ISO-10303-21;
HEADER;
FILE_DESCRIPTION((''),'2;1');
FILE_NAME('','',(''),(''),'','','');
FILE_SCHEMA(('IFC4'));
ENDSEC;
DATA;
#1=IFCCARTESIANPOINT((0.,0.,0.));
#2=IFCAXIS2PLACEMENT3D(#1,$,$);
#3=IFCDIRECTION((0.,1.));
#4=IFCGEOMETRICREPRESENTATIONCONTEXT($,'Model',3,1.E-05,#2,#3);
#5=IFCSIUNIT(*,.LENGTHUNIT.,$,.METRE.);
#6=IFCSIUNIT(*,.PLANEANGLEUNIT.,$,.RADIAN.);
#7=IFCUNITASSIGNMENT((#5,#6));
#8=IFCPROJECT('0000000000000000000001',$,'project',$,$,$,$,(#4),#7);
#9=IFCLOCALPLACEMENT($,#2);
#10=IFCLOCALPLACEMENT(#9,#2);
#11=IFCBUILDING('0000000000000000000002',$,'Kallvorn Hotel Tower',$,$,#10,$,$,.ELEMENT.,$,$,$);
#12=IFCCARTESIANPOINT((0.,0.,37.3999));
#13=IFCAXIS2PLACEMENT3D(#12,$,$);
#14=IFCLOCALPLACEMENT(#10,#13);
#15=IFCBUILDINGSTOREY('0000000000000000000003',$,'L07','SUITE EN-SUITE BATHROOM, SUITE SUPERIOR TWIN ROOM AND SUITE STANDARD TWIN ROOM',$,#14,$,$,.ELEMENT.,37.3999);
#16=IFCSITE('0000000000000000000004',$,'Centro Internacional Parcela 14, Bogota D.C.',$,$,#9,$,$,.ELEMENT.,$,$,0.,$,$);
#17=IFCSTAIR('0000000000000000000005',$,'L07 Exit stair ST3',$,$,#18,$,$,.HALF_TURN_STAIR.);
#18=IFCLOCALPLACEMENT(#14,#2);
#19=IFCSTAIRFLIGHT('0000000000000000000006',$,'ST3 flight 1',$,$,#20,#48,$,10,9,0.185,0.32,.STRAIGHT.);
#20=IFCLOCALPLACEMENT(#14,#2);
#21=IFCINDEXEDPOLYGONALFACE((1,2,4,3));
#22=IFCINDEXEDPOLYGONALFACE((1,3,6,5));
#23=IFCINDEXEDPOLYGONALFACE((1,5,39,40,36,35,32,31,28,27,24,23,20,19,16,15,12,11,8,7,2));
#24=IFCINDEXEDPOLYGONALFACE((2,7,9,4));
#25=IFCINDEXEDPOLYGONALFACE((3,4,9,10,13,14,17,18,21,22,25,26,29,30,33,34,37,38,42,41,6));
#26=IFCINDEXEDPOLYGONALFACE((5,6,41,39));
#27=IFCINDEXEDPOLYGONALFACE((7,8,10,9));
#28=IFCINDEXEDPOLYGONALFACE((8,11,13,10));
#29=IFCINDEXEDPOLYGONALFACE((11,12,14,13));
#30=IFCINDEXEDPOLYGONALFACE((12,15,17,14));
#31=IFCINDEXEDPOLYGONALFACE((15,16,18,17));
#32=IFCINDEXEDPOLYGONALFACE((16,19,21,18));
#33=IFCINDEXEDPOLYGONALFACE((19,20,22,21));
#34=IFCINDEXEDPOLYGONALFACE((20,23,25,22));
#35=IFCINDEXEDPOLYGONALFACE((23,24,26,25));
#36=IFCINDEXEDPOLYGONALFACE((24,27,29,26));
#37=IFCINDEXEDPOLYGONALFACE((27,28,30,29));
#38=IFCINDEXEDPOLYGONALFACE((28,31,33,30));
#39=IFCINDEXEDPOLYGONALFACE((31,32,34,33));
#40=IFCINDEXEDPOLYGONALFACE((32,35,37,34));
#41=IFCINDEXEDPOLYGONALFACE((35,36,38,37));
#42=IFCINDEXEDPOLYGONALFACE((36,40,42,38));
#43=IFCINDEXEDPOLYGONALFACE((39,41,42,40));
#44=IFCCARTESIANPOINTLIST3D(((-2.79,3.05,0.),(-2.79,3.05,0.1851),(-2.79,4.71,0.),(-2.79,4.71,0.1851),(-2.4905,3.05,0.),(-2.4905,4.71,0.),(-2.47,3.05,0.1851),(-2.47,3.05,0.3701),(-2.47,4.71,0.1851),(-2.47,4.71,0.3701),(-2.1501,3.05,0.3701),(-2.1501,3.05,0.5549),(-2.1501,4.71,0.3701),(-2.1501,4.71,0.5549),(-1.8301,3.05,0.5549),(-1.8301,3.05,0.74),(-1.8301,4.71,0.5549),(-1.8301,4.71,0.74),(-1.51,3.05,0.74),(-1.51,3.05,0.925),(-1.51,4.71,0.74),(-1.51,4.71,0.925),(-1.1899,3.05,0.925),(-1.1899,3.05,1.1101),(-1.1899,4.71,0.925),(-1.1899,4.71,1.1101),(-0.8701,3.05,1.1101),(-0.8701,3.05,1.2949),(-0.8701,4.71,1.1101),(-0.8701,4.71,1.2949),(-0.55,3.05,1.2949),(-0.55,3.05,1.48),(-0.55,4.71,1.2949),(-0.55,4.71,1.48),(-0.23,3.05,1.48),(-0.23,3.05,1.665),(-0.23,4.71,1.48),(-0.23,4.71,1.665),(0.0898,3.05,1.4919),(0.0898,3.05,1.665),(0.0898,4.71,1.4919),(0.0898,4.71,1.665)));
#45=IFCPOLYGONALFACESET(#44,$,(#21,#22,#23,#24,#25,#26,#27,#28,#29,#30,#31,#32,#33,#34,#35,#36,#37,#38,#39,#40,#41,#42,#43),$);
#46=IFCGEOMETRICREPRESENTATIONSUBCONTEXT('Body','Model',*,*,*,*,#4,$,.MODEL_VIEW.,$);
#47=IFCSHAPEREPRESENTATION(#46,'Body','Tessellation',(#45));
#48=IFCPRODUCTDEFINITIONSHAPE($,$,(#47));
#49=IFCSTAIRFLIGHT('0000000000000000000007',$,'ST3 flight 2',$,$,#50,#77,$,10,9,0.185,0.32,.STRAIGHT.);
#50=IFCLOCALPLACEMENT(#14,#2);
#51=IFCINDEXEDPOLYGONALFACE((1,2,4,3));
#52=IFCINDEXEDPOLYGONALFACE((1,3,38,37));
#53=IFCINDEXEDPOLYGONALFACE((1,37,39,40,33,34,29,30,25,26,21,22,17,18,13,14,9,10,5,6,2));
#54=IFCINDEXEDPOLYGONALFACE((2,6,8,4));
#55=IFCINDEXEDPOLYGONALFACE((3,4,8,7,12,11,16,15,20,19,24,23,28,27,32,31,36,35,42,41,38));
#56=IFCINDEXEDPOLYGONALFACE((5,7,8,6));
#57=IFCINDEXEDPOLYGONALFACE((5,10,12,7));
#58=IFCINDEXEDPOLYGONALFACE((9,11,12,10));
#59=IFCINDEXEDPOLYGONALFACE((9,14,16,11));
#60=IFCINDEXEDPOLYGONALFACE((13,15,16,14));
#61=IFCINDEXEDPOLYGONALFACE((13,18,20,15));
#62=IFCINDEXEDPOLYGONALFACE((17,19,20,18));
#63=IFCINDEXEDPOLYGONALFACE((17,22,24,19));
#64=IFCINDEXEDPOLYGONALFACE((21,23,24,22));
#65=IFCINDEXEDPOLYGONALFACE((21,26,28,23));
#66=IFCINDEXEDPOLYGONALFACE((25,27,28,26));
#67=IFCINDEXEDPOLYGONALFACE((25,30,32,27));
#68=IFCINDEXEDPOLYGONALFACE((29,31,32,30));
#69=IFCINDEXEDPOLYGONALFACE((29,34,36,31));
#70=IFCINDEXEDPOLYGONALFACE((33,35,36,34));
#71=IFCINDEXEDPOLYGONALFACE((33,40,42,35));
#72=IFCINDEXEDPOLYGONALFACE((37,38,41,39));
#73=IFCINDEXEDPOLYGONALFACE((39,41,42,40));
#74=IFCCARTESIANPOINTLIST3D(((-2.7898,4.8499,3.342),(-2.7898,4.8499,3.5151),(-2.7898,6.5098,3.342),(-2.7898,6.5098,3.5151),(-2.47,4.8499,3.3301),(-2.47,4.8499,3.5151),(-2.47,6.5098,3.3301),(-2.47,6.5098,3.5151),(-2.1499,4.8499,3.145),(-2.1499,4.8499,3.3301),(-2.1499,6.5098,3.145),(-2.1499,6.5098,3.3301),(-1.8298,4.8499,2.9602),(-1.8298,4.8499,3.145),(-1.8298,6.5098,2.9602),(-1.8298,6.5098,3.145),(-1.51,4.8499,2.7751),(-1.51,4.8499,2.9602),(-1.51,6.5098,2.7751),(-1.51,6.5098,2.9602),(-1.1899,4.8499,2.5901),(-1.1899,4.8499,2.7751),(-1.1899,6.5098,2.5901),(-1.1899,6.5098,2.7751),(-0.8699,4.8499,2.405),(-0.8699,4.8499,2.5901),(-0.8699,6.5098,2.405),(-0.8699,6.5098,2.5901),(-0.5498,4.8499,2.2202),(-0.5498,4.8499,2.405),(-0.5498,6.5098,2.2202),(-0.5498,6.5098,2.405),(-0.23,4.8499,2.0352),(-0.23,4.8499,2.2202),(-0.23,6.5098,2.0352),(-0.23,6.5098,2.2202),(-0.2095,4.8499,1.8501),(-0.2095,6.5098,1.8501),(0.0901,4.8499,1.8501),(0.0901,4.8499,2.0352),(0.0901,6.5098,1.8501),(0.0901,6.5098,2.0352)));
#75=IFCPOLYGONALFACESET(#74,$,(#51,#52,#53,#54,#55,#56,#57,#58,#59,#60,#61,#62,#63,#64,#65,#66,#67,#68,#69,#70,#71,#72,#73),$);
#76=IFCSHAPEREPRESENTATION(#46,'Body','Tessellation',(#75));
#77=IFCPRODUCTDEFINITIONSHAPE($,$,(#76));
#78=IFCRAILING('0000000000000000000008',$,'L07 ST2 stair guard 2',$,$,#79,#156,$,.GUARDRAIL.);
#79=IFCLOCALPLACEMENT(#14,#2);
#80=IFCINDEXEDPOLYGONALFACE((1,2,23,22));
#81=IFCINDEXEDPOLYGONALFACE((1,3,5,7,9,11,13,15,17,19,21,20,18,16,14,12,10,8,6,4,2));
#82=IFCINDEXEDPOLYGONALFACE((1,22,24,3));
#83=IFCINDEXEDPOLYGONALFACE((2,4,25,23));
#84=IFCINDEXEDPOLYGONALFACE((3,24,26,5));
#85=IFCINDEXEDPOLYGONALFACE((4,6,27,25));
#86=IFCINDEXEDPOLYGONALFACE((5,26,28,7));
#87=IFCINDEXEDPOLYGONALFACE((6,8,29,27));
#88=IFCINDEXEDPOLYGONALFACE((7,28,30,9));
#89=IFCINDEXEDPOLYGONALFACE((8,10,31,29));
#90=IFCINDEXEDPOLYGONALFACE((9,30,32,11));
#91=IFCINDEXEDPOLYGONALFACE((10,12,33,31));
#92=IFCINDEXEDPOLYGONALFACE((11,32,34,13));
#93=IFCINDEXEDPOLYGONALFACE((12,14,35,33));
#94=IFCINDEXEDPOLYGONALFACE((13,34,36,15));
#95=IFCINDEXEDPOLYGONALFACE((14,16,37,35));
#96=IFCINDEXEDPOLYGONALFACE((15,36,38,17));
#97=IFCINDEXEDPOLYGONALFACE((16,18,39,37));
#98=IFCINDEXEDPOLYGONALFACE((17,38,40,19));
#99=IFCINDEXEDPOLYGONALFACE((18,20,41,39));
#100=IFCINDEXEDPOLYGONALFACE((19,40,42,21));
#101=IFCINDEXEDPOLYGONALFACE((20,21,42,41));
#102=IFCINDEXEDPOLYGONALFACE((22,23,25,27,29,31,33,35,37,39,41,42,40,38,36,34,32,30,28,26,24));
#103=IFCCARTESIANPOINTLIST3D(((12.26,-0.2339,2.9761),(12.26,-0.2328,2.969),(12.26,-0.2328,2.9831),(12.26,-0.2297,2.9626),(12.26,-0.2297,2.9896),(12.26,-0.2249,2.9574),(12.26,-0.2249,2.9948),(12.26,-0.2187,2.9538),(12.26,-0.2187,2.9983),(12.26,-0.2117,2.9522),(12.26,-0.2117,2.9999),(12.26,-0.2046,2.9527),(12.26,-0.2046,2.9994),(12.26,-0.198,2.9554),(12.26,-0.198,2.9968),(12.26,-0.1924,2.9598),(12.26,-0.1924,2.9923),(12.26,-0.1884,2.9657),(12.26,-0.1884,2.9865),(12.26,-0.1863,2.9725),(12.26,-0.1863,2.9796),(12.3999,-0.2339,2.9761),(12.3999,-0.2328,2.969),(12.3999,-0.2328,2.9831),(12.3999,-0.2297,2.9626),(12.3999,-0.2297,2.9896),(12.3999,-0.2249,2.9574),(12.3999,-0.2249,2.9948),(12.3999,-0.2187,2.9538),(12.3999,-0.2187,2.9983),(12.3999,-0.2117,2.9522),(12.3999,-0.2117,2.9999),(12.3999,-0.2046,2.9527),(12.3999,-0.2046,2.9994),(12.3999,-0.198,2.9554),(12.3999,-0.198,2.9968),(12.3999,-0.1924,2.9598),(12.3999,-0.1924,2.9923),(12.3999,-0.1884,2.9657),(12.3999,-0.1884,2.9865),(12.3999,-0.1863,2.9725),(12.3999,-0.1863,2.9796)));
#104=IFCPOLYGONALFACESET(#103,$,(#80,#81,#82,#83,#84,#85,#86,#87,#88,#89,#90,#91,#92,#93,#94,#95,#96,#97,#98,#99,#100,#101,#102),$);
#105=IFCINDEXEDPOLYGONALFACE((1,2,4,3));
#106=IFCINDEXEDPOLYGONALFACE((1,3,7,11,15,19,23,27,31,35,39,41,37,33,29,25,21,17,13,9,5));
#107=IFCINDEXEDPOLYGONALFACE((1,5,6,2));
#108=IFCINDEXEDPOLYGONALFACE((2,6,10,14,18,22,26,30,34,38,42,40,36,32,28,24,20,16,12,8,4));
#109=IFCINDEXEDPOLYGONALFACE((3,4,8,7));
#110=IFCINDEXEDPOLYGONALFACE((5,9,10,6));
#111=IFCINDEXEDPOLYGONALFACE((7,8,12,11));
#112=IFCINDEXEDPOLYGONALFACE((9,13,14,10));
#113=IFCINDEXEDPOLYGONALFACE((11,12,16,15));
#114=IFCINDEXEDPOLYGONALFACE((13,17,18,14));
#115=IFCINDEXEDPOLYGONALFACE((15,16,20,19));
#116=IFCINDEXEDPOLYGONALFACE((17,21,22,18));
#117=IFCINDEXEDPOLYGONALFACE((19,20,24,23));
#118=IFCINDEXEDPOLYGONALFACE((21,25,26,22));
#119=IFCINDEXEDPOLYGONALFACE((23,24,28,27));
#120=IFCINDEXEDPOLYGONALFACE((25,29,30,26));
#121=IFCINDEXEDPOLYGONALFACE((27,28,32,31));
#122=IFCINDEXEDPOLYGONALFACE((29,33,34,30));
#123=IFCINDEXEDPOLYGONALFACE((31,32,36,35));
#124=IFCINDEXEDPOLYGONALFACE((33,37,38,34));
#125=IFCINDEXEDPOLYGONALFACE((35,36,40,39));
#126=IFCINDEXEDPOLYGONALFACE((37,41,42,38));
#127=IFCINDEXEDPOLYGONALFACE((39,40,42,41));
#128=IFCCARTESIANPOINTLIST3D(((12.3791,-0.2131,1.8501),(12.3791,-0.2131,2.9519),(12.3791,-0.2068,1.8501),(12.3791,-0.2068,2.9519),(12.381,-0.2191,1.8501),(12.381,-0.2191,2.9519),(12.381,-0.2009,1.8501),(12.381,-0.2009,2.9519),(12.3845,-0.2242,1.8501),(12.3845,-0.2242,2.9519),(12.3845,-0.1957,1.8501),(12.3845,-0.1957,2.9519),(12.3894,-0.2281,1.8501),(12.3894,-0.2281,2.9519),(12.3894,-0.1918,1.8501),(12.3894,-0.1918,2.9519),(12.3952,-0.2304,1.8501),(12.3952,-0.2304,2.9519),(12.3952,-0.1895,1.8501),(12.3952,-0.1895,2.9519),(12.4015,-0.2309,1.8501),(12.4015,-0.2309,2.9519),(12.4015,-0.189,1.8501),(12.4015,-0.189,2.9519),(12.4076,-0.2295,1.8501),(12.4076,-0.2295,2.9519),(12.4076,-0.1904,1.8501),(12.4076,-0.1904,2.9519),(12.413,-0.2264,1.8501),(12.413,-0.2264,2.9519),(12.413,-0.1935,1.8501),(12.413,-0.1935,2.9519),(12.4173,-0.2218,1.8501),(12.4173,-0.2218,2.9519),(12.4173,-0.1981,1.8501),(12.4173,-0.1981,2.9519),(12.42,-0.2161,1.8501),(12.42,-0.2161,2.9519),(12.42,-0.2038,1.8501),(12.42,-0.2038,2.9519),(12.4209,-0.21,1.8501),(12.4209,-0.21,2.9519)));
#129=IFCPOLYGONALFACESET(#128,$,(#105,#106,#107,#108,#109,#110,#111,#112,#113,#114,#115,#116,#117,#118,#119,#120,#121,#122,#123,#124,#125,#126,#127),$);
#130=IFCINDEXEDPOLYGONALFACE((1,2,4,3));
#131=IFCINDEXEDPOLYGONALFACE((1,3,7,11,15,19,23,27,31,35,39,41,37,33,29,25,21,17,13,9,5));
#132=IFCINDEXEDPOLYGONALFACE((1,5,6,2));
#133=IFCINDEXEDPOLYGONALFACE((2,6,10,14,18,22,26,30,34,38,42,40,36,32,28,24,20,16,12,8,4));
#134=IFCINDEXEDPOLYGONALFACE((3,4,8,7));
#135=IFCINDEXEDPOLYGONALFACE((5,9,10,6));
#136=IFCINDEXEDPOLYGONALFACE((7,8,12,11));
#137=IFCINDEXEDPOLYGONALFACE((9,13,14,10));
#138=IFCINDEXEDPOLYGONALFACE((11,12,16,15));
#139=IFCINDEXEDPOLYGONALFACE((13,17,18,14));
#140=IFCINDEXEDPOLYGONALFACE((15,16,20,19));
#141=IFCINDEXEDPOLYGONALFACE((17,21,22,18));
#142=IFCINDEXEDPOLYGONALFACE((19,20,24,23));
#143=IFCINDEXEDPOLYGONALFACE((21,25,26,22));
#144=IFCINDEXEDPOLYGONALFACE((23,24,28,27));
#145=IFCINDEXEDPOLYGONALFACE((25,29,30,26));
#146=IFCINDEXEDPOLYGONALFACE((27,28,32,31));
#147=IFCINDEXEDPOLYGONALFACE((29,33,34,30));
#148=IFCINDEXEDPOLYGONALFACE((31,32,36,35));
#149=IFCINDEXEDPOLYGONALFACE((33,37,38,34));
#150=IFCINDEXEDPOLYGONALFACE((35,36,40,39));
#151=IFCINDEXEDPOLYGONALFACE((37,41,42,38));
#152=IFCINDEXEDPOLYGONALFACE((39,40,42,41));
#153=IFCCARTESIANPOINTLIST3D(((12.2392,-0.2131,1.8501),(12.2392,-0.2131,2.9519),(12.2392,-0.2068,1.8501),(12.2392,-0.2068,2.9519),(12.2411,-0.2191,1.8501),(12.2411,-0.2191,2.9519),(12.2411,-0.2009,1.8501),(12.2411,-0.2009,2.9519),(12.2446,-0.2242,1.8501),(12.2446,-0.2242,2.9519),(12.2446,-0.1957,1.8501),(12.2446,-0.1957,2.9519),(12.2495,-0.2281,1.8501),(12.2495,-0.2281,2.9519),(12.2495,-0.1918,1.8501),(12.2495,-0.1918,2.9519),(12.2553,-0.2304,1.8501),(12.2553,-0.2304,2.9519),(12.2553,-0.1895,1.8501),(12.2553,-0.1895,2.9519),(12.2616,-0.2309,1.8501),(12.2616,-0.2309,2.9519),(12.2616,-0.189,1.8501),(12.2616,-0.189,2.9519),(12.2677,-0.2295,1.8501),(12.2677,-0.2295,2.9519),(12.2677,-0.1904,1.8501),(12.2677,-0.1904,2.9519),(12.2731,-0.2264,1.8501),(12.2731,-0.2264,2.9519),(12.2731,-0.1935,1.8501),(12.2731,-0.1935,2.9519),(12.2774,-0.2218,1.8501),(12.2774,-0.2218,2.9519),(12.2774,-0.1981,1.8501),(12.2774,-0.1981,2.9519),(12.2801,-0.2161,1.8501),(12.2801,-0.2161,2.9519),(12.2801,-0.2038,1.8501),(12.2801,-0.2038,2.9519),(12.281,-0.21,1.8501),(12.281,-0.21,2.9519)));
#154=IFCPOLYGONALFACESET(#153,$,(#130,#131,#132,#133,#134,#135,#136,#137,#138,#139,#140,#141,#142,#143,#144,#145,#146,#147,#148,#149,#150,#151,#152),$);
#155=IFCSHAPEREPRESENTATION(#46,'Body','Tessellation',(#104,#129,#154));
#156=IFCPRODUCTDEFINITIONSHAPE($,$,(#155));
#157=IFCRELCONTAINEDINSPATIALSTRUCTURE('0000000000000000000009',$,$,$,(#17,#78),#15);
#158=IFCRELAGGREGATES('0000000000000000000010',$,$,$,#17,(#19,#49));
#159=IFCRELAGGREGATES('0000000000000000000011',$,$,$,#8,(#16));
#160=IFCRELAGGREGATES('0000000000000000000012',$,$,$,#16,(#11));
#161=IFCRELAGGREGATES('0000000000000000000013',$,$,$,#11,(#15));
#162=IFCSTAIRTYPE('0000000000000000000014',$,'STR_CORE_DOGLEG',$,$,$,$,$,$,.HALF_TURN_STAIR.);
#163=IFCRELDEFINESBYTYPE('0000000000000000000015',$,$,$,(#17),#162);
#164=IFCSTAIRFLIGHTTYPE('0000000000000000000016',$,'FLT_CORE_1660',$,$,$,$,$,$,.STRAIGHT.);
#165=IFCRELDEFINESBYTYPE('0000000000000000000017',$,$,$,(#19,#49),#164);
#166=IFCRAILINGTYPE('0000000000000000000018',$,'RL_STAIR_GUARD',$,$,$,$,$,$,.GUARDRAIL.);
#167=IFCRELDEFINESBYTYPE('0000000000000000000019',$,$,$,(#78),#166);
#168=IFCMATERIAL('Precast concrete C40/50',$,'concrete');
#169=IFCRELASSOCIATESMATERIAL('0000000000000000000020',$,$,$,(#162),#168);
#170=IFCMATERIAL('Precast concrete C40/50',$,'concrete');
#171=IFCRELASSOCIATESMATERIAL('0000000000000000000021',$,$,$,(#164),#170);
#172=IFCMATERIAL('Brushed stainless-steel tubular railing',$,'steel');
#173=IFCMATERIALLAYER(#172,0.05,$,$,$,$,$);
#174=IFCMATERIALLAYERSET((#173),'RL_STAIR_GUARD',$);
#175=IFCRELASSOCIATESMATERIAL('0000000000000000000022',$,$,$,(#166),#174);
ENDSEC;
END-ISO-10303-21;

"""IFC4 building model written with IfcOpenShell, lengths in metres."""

from ifc_helpers import new_model, si_unit, direction, frame, origin, origin_2d, place, context, subcontext, project, spatial, polyline, circle, outline, extrude, material, layer, layer_set, type_object, element, aggregate, save


model = new_model("IFC4")

# Units and contexts
model_context = context("Model", 3, precision=1e-05, world=origin(), true_north=direction((0.0, 1.0)))
body_context = subcontext(model_context, "Body", "Model", "MODEL_VIEW")
ifc_project = project(units=[si_unit("LENGTHUNIT", "METRE"), si_unit("PLANEANGLEUNIT", "RADIAN")], contexts=[model_context])

# Site, building, storey
site_placement = place(None, origin())
site = spatial("IfcSite", under=ifc_project, at=site_placement, Name="Centro Internacional Parcela 14, Bogota D.C.", CompositionType="ELEMENT", RefElevation=0.0)
building_placement = place(site_placement, origin())
building = spatial("IfcBuilding", under=site, at=building_placement, Name="Kallvorn Hotel Tower", CompositionType="ELEMENT")
storey_placement = place(building_placement, frame((0.0, 0.0, 37.3999)))
storey = spatial("IfcBuildingStorey", under=building, at=storey_placement, Name="L07", Description="SUITE EN-SUITE BATHROOM, SUITE SUPERIOR TWIN ROOM AND SUITE STANDARD TWIN ROOM", CompositionType="ELEMENT", Elevation=37.3999)

# Stair
ifc_material_1 = material(Name="Precast concrete C40/50", Category="concrete")
stair_type = type_object("IfcStairType", Name="STR_CORE_DOGLEG", PredefinedType="HALF_TURN_STAIR", material=ifc_material_1)
stair_1_placement = place(storey_placement, origin())
stair_1 = element("IfcStair", 1, at=stair_1_placement, inside=storey, type_object=stair_type, Name="L07 Exit stair ST3", PredefinedType="HALF_TURN_STAIR")

# Stair flights
ifc_material_2 = material(Name="Precast concrete C40/50", Category="concrete")
stair_flight_type = type_object("IfcStairFlightType", Name="FLT_CORE_1660", PredefinedType="STRAIGHT", material=ifc_material_2)
stair_flight_1_placement = place(storey_placement, frame((-2.79, 3.8799, 0.0), z_axis=(0.0, 0.0, 1.0), x_axis=(1.0, 0.0, 0.0)))
stair_flight_1 = element("IfcStairFlight", 2, at=stair_flight_1_placement, type_object=stair_flight_type, Name="ST3 flight 1", NumberOfRisers=10, NumberOfTreads=9, PredefinedType="STRAIGHT", RiserHeight=0.185, TreadLength=0.32, context=body_context, shape_type="SweptSolid", body=[
    extrude(outline(polyline([(0.0, 0.0), (0.0, 0.1851), (0.3201, 0.1851), (0.3201, 0.3701), (0.6399, 0.3701), (0.6399, 0.5549), (0.96, 0.5549), (0.96, 0.74), (1.28, 0.74), (1.28, 0.925), (1.6001, 0.925), (1.6001, 1.1101), (1.9199, 1.1101), (1.9199, 1.2949), (2.24, 1.2949), (2.24, 1.48), (2.5601, 1.48), (2.5601, 1.665), (2.8799, 1.665), (2.8799, 1.8501), (2.8799, 1.4919), (0.2996, 0.0), (0.0, 0.0)])), frame((0.0, 0.8301, 0.0), z_axis=(0.0, -1.0, 0.0), x_axis=(1.0, 0.0, 0.0)), (0.0, 0.0, 1.0), 1.6599),
])
stair_flight_2_placement = place(storey_placement, frame((0.0901, 5.6799, 1.8501), z_axis=(0.0, 0.0, 1.0), x_axis=(-1.0, 0.0, 0.0)))
stair_flight_2 = element("IfcStairFlight", 3, at=stair_flight_2_placement, type_object=stair_flight_type, Name="ST3 flight 2", NumberOfRisers=10, NumberOfTreads=9, PredefinedType="STRAIGHT", RiserHeight=0.185, TreadLength=0.32, context=body_context, shape_type="SweptSolid", body=[
    extrude(outline(polyline([(0.0, 0.0), (0.0, 0.1851), (0.3201, 0.1851), (0.3201, 0.3701), (0.6399, 0.3701), (0.6399, 0.5549), (0.96, 0.5549), (0.96, 0.74), (1.28, 0.74), (1.28, 0.925), (1.6001, 0.925), (1.6001, 1.1101), (1.9199, 1.1101), (1.9199, 1.2949), (2.24, 1.2949), (2.24, 1.48), (2.5601, 1.48), (2.5601, 1.665), (2.8799, 1.665), (2.8799, 1.8501), (2.8799, 1.4919), (0.2996, 0.0), (0.0, 0.0)])), frame((0.0, 0.8301, 0.0), z_axis=(0.0, -1.0, 0.0), x_axis=(1.0, 0.0, 0.0)), (0.0, 0.0, 1.0), 1.6599),
])
aggregate(stair_1, [stair_flight_1, stair_flight_2])

# Railing
ifc_material_3 = material(Name="Brushed stainless-steel tubular railing", Category="steel")
ifc_layer_1 = layer(ifc_material_3, 0.05)
ifc_layer_set_1 = layer_set([ifc_layer_1], Name="RL_STAIR_GUARD")
railing_type_1 = type_object("IfcRailingType", Name="RL_STAIR_GUARD", PredefinedType="GUARDRAIL", material=ifc_layer_set_1)
railing_1_placement = place(storey_placement, frame((12.3999, -0.21, 1.8501)))
element("IfcRailing", 4, at=railing_1_placement, inside=storey, type_object=railing_type_1, Name="L07 ST2 stair guard 2", PredefinedType="GUARDRAIL", context=body_context, shape_type="SweptSolid", body=[
    extrude(circle(Radius=0.0239, at=origin_2d()), frame((0.0, 0.0, 1.126), z_axis=(-1.0, 0.0, 0.0), x_axis=(0.0, -1.0, 0.0)), (0.0, 0.0, 1.0), 0.1399),
    extrude(circle(Radius=0.021, at=origin_2d()), origin(), (0.0, 0.0, 1.0), 1.1018),
    extrude(circle(Radius=0.021, at=origin_2d()), frame((-0.1399, 0.0, 0.0)), (0.0, 0.0, 1.0), 1.1018),
])

save(model, "model.ifc")
